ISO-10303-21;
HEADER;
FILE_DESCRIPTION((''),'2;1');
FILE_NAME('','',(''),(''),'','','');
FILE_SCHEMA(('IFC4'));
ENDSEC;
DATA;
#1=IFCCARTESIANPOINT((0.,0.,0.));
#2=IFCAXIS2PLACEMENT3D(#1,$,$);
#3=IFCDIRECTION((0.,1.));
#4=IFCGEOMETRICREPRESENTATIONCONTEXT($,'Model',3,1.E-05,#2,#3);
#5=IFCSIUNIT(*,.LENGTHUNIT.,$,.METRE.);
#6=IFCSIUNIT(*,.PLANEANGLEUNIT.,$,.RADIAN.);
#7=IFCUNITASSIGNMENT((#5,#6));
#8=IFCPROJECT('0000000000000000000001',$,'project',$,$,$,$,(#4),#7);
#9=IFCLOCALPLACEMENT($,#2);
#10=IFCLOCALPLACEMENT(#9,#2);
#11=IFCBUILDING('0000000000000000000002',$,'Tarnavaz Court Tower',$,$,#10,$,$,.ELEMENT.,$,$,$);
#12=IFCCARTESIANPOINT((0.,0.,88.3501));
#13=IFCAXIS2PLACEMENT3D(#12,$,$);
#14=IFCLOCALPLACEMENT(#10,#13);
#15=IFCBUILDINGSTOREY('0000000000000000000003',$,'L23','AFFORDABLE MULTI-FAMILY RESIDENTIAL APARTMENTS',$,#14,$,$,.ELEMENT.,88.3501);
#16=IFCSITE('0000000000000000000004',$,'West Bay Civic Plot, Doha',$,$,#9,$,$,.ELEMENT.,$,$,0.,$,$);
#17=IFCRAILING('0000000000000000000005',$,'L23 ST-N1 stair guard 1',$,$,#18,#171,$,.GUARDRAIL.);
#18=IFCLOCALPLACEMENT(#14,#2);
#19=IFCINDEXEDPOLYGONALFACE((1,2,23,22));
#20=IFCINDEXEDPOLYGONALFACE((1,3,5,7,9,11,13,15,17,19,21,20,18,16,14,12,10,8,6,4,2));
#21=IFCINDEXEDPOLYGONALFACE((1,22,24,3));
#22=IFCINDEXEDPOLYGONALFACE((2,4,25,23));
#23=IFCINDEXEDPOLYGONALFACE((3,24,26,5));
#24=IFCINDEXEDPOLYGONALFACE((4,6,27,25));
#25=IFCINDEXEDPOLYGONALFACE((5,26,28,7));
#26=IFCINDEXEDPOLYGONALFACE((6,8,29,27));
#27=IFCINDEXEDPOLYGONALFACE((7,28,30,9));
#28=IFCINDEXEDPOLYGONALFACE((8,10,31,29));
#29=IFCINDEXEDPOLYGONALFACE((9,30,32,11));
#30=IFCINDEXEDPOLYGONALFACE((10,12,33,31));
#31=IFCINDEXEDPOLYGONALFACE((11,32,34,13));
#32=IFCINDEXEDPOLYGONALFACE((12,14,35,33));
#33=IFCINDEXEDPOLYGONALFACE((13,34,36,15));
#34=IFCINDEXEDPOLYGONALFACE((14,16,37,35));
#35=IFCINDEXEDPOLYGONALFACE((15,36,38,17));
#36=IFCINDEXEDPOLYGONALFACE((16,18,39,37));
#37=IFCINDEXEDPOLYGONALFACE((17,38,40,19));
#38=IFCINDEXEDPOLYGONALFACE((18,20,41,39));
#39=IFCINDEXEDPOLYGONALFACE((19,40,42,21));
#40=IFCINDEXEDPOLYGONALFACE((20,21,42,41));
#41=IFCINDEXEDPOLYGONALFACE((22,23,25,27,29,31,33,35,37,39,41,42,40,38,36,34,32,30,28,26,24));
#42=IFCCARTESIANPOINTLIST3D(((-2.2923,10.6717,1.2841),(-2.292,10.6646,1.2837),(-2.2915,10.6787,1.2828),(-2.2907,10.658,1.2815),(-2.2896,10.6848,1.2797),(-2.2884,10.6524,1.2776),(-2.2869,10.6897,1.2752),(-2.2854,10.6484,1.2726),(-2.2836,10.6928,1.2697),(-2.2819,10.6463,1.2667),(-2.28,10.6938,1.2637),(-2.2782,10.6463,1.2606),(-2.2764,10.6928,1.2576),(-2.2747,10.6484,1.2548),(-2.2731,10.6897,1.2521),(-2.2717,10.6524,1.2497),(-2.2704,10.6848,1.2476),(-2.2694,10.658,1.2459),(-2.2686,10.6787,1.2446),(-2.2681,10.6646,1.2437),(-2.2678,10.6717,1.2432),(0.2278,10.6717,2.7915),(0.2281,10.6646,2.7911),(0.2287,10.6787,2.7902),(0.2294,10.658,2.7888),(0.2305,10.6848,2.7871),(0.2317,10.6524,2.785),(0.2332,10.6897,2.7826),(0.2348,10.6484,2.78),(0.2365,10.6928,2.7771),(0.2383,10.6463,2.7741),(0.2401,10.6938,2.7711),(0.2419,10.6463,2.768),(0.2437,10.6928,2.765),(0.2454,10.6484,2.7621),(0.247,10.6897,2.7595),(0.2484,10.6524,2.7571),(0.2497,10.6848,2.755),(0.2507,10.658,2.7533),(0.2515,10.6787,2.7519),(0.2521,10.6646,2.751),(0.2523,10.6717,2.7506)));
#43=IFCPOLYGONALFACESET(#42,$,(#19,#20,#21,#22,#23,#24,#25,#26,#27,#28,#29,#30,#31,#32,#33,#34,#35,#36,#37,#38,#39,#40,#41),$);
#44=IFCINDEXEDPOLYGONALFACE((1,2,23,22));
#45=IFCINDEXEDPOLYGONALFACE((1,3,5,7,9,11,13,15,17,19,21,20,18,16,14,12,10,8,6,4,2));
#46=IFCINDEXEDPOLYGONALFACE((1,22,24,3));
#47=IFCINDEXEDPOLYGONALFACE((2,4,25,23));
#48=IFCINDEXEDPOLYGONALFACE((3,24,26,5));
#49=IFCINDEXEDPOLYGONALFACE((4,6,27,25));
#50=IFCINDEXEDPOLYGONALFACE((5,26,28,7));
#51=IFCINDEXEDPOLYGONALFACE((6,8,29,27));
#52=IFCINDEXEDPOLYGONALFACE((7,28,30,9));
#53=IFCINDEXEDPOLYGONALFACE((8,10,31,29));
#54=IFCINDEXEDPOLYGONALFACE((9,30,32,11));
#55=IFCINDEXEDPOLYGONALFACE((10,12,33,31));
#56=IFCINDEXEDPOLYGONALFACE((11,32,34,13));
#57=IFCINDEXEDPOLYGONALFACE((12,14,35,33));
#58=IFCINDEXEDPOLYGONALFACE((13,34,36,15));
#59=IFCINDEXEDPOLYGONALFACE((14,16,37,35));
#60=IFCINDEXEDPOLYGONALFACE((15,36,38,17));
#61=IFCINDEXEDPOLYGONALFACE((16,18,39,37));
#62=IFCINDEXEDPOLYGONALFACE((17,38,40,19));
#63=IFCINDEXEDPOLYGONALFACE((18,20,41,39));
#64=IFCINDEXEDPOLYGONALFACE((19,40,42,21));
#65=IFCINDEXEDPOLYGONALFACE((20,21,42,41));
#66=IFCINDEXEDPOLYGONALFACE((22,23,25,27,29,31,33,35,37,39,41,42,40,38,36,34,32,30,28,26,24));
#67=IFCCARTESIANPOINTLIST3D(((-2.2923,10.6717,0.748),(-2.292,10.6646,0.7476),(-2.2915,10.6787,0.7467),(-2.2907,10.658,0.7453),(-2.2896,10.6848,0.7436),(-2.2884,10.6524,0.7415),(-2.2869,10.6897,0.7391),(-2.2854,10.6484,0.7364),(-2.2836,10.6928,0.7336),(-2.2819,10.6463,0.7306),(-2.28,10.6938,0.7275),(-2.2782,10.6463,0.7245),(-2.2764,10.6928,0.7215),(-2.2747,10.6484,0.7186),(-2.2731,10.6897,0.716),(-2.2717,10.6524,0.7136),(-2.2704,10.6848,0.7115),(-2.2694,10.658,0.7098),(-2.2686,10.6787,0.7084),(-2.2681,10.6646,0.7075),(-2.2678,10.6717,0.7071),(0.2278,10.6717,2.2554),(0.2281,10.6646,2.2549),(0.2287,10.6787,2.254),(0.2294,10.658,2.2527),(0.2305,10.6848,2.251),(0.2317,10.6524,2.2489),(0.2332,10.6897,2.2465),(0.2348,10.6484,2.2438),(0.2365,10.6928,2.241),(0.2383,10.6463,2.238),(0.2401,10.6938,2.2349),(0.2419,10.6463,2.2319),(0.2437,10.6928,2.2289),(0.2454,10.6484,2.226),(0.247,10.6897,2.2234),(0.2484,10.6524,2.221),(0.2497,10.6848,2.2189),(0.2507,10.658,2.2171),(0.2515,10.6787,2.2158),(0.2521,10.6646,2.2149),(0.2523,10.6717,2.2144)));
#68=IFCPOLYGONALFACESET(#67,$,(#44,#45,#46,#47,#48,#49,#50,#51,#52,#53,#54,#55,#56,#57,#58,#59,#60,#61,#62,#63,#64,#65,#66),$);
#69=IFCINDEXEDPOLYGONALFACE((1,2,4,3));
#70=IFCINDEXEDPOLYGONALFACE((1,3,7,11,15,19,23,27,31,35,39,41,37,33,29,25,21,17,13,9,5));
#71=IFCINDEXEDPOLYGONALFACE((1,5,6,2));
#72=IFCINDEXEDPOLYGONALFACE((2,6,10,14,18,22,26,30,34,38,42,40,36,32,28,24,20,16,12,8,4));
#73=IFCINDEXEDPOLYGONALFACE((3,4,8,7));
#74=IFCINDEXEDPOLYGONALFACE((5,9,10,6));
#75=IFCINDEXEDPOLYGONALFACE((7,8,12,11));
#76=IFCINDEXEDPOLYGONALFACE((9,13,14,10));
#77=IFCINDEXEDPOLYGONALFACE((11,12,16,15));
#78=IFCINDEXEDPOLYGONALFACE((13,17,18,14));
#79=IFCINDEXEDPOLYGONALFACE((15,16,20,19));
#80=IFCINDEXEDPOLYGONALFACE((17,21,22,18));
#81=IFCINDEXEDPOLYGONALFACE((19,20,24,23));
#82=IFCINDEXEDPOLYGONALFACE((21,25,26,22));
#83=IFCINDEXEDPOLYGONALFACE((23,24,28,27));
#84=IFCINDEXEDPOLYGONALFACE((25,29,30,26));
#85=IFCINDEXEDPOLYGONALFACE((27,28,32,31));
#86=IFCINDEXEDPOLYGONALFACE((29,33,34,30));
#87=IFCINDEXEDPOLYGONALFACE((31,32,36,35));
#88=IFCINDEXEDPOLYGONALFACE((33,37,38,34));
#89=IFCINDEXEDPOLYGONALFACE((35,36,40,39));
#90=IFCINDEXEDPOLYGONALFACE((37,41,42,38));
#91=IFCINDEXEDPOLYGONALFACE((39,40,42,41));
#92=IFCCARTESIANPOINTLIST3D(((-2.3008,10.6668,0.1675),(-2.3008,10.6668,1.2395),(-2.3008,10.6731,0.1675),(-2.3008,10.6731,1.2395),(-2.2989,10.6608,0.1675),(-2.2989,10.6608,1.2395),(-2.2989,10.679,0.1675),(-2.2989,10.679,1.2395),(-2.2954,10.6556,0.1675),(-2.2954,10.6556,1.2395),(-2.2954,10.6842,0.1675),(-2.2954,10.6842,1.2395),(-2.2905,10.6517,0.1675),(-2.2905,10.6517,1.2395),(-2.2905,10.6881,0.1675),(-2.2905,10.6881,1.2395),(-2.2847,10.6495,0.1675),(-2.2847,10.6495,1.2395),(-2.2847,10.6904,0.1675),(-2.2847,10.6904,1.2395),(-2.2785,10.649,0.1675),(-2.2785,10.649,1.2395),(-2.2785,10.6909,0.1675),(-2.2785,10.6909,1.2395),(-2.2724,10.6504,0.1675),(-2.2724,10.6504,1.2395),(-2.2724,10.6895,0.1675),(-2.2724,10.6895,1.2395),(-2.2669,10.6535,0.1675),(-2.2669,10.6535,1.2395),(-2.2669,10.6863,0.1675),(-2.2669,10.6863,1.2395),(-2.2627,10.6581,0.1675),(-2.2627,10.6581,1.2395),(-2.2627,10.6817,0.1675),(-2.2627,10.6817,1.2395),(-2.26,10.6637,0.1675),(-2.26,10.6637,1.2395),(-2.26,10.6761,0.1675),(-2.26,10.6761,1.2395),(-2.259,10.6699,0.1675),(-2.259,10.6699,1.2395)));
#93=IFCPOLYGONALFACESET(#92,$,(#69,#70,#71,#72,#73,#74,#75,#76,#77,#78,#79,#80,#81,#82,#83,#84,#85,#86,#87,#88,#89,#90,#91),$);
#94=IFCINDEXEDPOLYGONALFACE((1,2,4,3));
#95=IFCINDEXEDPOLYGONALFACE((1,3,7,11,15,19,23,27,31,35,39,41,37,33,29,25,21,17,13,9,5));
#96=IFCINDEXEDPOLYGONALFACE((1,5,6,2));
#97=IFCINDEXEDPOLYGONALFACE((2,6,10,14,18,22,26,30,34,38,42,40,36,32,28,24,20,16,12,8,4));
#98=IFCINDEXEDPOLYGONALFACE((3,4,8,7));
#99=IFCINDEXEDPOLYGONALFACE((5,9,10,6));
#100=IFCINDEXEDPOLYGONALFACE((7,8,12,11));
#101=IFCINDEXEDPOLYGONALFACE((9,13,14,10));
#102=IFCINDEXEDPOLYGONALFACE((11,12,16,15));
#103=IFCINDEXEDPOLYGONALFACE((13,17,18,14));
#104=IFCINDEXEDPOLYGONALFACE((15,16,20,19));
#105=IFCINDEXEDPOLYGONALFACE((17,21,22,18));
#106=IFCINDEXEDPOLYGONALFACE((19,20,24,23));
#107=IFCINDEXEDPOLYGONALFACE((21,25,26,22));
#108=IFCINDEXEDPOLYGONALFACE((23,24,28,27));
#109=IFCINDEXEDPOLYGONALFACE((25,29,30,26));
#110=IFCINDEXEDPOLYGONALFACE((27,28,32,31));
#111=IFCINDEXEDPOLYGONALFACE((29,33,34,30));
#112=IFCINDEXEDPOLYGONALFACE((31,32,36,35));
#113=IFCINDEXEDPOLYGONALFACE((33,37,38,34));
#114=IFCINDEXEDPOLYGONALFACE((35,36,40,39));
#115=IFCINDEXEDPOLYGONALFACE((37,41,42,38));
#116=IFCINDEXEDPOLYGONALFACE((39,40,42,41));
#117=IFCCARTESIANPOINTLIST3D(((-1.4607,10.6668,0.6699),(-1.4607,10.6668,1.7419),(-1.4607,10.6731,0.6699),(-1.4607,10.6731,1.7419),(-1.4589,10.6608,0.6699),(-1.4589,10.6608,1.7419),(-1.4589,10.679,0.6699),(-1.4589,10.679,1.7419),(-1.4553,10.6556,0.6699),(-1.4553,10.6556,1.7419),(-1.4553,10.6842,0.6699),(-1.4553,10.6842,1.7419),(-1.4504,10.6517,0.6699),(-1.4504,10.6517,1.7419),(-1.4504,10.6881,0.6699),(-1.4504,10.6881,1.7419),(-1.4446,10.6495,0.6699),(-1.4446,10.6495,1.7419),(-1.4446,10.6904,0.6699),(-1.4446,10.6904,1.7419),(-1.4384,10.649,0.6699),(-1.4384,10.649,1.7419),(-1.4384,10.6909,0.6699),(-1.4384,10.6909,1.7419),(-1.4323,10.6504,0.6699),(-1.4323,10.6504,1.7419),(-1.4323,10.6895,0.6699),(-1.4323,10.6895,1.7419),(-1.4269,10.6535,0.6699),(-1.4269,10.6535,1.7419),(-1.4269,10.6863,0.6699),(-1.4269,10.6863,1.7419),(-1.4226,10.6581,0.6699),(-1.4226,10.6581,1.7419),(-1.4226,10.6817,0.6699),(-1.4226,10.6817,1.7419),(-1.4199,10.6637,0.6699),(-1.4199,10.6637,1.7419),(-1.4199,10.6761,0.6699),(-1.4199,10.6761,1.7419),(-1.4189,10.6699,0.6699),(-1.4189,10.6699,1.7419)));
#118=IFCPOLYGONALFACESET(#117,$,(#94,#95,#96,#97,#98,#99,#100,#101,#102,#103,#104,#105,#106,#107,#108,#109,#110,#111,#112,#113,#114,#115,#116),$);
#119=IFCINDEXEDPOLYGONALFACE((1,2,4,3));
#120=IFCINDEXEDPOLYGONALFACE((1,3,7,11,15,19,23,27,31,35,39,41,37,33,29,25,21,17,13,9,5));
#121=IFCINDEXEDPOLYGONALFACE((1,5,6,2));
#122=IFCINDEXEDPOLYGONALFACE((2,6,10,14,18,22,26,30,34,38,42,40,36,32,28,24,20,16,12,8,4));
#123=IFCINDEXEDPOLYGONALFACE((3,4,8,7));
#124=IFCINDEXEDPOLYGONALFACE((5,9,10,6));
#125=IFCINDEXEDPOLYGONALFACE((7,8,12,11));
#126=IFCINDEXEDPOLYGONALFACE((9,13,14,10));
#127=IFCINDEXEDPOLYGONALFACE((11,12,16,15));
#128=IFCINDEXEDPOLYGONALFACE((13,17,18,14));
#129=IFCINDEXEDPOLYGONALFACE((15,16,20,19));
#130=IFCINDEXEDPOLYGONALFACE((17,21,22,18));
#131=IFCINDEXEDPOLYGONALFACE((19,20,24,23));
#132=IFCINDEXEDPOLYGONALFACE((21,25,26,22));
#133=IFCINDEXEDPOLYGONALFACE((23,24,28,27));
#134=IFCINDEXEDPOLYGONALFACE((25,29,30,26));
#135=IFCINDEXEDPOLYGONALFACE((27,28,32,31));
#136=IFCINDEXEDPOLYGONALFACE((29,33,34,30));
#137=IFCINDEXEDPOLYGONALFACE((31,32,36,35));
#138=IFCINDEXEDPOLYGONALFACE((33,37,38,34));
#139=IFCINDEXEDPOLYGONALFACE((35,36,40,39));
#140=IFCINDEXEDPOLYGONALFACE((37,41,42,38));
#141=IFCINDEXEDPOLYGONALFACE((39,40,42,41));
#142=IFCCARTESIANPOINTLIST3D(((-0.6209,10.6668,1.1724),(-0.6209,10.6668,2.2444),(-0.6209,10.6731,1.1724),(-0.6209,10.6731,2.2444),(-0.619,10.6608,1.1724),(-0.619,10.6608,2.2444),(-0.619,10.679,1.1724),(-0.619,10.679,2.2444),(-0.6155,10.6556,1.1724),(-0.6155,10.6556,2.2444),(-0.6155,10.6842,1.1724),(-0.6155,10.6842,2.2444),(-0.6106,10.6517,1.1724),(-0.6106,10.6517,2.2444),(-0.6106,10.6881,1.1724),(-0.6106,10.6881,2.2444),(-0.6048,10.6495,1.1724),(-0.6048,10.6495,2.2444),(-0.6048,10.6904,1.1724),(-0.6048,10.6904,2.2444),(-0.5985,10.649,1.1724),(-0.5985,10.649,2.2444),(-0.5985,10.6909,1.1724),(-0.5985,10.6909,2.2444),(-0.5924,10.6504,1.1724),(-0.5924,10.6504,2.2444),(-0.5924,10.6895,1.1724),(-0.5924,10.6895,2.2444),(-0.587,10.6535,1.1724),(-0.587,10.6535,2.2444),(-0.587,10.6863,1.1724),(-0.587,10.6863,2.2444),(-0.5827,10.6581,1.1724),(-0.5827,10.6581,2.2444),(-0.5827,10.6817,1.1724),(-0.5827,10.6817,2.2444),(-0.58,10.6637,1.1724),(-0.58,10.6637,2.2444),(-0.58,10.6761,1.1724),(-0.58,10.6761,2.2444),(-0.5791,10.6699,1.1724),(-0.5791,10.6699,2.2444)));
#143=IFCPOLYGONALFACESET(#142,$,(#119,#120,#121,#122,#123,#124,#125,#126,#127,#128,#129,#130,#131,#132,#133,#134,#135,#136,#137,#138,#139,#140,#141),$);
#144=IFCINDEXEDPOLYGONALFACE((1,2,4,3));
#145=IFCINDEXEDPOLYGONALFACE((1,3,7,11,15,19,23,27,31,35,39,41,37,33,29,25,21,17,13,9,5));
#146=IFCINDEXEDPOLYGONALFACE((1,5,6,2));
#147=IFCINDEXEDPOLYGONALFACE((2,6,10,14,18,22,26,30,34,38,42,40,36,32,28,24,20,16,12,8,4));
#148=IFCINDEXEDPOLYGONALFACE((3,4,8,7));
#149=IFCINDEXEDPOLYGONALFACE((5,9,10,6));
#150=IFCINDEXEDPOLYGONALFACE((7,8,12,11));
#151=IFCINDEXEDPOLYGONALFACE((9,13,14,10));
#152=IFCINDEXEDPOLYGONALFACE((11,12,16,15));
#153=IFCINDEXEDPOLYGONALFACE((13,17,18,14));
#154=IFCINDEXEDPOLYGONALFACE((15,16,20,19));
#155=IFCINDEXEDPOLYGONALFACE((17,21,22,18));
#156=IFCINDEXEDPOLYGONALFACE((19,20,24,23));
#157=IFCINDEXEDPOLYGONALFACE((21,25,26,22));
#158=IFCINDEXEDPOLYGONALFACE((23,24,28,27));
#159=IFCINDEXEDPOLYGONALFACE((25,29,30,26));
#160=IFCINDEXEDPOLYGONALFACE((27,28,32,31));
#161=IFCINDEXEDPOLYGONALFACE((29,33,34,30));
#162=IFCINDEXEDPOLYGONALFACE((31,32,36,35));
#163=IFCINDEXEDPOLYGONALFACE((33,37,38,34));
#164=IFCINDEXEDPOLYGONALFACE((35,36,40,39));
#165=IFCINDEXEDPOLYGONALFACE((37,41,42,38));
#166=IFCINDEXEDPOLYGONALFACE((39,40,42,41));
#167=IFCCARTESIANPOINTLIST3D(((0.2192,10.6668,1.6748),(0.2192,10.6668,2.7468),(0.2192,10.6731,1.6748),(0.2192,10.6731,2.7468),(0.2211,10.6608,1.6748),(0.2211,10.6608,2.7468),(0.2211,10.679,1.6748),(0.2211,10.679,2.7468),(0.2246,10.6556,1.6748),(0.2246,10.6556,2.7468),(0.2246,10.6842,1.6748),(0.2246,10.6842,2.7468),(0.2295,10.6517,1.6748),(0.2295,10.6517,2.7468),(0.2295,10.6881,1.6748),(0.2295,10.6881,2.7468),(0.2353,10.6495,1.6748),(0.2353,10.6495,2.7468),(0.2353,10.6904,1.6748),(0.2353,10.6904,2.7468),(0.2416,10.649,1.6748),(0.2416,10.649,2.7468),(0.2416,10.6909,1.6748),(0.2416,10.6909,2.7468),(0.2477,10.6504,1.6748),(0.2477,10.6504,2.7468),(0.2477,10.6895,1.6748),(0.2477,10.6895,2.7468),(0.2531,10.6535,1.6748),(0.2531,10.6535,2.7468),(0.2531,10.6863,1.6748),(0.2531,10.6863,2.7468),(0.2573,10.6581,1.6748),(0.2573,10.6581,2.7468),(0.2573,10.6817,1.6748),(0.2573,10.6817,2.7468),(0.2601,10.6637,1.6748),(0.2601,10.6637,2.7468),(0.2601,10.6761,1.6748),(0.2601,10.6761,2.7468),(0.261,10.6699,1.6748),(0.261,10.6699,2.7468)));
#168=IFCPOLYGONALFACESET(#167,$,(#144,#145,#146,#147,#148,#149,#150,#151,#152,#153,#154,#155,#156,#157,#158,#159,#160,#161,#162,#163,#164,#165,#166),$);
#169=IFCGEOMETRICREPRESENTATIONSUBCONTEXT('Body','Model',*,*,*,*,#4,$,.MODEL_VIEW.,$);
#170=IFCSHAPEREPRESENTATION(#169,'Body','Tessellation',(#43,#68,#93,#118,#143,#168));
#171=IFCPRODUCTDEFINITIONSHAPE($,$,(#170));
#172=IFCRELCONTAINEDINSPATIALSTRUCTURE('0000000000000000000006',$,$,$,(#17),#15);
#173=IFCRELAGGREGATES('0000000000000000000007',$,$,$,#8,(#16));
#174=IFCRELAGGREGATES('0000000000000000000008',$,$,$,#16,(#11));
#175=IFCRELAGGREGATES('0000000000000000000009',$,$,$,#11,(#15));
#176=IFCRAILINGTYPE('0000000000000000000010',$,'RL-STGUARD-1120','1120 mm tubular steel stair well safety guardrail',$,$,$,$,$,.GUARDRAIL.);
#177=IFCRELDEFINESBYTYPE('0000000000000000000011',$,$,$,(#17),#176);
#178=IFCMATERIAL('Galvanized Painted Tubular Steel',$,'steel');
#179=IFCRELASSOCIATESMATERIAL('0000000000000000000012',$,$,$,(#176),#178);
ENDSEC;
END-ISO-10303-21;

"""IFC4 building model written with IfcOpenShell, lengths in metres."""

from ifc_helpers import new_model, si_unit, direction, frame, origin, origin_2d, place, context, subcontext, project, spatial, circle, extrude, material, type_object, element, save


model = new_model("IFC4")

# Units and contexts
model_context = context("Model", 3, precision=1e-05, world=origin(), true_north=direction((0.0, 1.0)))
body_context = subcontext(model_context, "Body", "Model", "MODEL_VIEW")
ifc_project = project(units=[si_unit("LENGTHUNIT", "METRE"), si_unit("PLANEANGLEUNIT", "RADIAN")], contexts=[model_context])

# Site, building, storey
site_placement = place(None, origin())
site = spatial("IfcSite", under=ifc_project, at=site_placement, Name="West Bay Civic Plot, Doha", CompositionType="ELEMENT", RefElevation=0.0)
building_placement = place(site_placement, origin())
building = spatial("IfcBuilding", under=site, at=building_placement, Name="Tarnavaz Court Tower", CompositionType="ELEMENT")
storey_placement = place(building_placement, frame((0.0, 0.0, 88.3501)))
storey = spatial("IfcBuildingStorey", under=building, at=storey_placement, Name="L23", Description="AFFORDABLE MULTI-FAMILY RESIDENTIAL APARTMENTS", CompositionType="ELEMENT", Elevation=88.3501)

# Railing
ifc_material_1 = material(Name="Galvanized Painted Tubular Steel", Category="steel")
railing_type_1 = type_object("IfcRailingType", Name="RL-STGUARD-1120", Description="1120 mm tubular steel stair well safety guardrail", PredefinedType="GUARDRAIL", material=ifc_material_1)
railing_1_placement = place(storey_placement, frame((-2.28, 10.6699, 0.1675)))
element("IfcRailing", 1, at=railing_1_placement, inside=storey, type_object=railing_type_1, Name="L23 ST-N1 stair guard 1", PredefinedType="GUARDRAIL", context=body_context, shape_type="SweptSolid", body=[
    extrude(circle(Radius=0.0239, at=origin_2d()), frame((0.0, 0.0, 1.0962), z_axis=(0.858196, 0.0, 0.513321), x_axis=(0.0, 1.0, 0.0)), (0.0, 0.0, 1.0), 2.9365),
    extrude(circle(Radius=0.0239, at=origin_2d()), frame((0.0, 0.0, 0.5601), z_axis=(0.858196, 0.0, 0.513321), x_axis=(0.0, 1.0, 0.0)), (0.0, 0.0, 1.0), 2.9365),
    extrude(circle(Radius=0.021, at=origin_2d()), origin(), (0.0, 0.0, 1.0), 1.072),
    extrude(circle(Radius=0.021, at=origin_2d()), frame((0.8401, 0.0, 0.5024)), (0.0, 0.0, 1.0), 1.072),
    extrude(circle(Radius=0.021, at=origin_2d()), frame((1.6799, 0.0, 1.0049)), (0.0, 0.0, 1.0), 1.072),
    extrude(circle(Radius=0.021, at=origin_2d()), frame((2.52, 0.0, 1.5073)), (0.0, 0.0, 1.0), 1.072),
])

save(model, "model.ifc")
